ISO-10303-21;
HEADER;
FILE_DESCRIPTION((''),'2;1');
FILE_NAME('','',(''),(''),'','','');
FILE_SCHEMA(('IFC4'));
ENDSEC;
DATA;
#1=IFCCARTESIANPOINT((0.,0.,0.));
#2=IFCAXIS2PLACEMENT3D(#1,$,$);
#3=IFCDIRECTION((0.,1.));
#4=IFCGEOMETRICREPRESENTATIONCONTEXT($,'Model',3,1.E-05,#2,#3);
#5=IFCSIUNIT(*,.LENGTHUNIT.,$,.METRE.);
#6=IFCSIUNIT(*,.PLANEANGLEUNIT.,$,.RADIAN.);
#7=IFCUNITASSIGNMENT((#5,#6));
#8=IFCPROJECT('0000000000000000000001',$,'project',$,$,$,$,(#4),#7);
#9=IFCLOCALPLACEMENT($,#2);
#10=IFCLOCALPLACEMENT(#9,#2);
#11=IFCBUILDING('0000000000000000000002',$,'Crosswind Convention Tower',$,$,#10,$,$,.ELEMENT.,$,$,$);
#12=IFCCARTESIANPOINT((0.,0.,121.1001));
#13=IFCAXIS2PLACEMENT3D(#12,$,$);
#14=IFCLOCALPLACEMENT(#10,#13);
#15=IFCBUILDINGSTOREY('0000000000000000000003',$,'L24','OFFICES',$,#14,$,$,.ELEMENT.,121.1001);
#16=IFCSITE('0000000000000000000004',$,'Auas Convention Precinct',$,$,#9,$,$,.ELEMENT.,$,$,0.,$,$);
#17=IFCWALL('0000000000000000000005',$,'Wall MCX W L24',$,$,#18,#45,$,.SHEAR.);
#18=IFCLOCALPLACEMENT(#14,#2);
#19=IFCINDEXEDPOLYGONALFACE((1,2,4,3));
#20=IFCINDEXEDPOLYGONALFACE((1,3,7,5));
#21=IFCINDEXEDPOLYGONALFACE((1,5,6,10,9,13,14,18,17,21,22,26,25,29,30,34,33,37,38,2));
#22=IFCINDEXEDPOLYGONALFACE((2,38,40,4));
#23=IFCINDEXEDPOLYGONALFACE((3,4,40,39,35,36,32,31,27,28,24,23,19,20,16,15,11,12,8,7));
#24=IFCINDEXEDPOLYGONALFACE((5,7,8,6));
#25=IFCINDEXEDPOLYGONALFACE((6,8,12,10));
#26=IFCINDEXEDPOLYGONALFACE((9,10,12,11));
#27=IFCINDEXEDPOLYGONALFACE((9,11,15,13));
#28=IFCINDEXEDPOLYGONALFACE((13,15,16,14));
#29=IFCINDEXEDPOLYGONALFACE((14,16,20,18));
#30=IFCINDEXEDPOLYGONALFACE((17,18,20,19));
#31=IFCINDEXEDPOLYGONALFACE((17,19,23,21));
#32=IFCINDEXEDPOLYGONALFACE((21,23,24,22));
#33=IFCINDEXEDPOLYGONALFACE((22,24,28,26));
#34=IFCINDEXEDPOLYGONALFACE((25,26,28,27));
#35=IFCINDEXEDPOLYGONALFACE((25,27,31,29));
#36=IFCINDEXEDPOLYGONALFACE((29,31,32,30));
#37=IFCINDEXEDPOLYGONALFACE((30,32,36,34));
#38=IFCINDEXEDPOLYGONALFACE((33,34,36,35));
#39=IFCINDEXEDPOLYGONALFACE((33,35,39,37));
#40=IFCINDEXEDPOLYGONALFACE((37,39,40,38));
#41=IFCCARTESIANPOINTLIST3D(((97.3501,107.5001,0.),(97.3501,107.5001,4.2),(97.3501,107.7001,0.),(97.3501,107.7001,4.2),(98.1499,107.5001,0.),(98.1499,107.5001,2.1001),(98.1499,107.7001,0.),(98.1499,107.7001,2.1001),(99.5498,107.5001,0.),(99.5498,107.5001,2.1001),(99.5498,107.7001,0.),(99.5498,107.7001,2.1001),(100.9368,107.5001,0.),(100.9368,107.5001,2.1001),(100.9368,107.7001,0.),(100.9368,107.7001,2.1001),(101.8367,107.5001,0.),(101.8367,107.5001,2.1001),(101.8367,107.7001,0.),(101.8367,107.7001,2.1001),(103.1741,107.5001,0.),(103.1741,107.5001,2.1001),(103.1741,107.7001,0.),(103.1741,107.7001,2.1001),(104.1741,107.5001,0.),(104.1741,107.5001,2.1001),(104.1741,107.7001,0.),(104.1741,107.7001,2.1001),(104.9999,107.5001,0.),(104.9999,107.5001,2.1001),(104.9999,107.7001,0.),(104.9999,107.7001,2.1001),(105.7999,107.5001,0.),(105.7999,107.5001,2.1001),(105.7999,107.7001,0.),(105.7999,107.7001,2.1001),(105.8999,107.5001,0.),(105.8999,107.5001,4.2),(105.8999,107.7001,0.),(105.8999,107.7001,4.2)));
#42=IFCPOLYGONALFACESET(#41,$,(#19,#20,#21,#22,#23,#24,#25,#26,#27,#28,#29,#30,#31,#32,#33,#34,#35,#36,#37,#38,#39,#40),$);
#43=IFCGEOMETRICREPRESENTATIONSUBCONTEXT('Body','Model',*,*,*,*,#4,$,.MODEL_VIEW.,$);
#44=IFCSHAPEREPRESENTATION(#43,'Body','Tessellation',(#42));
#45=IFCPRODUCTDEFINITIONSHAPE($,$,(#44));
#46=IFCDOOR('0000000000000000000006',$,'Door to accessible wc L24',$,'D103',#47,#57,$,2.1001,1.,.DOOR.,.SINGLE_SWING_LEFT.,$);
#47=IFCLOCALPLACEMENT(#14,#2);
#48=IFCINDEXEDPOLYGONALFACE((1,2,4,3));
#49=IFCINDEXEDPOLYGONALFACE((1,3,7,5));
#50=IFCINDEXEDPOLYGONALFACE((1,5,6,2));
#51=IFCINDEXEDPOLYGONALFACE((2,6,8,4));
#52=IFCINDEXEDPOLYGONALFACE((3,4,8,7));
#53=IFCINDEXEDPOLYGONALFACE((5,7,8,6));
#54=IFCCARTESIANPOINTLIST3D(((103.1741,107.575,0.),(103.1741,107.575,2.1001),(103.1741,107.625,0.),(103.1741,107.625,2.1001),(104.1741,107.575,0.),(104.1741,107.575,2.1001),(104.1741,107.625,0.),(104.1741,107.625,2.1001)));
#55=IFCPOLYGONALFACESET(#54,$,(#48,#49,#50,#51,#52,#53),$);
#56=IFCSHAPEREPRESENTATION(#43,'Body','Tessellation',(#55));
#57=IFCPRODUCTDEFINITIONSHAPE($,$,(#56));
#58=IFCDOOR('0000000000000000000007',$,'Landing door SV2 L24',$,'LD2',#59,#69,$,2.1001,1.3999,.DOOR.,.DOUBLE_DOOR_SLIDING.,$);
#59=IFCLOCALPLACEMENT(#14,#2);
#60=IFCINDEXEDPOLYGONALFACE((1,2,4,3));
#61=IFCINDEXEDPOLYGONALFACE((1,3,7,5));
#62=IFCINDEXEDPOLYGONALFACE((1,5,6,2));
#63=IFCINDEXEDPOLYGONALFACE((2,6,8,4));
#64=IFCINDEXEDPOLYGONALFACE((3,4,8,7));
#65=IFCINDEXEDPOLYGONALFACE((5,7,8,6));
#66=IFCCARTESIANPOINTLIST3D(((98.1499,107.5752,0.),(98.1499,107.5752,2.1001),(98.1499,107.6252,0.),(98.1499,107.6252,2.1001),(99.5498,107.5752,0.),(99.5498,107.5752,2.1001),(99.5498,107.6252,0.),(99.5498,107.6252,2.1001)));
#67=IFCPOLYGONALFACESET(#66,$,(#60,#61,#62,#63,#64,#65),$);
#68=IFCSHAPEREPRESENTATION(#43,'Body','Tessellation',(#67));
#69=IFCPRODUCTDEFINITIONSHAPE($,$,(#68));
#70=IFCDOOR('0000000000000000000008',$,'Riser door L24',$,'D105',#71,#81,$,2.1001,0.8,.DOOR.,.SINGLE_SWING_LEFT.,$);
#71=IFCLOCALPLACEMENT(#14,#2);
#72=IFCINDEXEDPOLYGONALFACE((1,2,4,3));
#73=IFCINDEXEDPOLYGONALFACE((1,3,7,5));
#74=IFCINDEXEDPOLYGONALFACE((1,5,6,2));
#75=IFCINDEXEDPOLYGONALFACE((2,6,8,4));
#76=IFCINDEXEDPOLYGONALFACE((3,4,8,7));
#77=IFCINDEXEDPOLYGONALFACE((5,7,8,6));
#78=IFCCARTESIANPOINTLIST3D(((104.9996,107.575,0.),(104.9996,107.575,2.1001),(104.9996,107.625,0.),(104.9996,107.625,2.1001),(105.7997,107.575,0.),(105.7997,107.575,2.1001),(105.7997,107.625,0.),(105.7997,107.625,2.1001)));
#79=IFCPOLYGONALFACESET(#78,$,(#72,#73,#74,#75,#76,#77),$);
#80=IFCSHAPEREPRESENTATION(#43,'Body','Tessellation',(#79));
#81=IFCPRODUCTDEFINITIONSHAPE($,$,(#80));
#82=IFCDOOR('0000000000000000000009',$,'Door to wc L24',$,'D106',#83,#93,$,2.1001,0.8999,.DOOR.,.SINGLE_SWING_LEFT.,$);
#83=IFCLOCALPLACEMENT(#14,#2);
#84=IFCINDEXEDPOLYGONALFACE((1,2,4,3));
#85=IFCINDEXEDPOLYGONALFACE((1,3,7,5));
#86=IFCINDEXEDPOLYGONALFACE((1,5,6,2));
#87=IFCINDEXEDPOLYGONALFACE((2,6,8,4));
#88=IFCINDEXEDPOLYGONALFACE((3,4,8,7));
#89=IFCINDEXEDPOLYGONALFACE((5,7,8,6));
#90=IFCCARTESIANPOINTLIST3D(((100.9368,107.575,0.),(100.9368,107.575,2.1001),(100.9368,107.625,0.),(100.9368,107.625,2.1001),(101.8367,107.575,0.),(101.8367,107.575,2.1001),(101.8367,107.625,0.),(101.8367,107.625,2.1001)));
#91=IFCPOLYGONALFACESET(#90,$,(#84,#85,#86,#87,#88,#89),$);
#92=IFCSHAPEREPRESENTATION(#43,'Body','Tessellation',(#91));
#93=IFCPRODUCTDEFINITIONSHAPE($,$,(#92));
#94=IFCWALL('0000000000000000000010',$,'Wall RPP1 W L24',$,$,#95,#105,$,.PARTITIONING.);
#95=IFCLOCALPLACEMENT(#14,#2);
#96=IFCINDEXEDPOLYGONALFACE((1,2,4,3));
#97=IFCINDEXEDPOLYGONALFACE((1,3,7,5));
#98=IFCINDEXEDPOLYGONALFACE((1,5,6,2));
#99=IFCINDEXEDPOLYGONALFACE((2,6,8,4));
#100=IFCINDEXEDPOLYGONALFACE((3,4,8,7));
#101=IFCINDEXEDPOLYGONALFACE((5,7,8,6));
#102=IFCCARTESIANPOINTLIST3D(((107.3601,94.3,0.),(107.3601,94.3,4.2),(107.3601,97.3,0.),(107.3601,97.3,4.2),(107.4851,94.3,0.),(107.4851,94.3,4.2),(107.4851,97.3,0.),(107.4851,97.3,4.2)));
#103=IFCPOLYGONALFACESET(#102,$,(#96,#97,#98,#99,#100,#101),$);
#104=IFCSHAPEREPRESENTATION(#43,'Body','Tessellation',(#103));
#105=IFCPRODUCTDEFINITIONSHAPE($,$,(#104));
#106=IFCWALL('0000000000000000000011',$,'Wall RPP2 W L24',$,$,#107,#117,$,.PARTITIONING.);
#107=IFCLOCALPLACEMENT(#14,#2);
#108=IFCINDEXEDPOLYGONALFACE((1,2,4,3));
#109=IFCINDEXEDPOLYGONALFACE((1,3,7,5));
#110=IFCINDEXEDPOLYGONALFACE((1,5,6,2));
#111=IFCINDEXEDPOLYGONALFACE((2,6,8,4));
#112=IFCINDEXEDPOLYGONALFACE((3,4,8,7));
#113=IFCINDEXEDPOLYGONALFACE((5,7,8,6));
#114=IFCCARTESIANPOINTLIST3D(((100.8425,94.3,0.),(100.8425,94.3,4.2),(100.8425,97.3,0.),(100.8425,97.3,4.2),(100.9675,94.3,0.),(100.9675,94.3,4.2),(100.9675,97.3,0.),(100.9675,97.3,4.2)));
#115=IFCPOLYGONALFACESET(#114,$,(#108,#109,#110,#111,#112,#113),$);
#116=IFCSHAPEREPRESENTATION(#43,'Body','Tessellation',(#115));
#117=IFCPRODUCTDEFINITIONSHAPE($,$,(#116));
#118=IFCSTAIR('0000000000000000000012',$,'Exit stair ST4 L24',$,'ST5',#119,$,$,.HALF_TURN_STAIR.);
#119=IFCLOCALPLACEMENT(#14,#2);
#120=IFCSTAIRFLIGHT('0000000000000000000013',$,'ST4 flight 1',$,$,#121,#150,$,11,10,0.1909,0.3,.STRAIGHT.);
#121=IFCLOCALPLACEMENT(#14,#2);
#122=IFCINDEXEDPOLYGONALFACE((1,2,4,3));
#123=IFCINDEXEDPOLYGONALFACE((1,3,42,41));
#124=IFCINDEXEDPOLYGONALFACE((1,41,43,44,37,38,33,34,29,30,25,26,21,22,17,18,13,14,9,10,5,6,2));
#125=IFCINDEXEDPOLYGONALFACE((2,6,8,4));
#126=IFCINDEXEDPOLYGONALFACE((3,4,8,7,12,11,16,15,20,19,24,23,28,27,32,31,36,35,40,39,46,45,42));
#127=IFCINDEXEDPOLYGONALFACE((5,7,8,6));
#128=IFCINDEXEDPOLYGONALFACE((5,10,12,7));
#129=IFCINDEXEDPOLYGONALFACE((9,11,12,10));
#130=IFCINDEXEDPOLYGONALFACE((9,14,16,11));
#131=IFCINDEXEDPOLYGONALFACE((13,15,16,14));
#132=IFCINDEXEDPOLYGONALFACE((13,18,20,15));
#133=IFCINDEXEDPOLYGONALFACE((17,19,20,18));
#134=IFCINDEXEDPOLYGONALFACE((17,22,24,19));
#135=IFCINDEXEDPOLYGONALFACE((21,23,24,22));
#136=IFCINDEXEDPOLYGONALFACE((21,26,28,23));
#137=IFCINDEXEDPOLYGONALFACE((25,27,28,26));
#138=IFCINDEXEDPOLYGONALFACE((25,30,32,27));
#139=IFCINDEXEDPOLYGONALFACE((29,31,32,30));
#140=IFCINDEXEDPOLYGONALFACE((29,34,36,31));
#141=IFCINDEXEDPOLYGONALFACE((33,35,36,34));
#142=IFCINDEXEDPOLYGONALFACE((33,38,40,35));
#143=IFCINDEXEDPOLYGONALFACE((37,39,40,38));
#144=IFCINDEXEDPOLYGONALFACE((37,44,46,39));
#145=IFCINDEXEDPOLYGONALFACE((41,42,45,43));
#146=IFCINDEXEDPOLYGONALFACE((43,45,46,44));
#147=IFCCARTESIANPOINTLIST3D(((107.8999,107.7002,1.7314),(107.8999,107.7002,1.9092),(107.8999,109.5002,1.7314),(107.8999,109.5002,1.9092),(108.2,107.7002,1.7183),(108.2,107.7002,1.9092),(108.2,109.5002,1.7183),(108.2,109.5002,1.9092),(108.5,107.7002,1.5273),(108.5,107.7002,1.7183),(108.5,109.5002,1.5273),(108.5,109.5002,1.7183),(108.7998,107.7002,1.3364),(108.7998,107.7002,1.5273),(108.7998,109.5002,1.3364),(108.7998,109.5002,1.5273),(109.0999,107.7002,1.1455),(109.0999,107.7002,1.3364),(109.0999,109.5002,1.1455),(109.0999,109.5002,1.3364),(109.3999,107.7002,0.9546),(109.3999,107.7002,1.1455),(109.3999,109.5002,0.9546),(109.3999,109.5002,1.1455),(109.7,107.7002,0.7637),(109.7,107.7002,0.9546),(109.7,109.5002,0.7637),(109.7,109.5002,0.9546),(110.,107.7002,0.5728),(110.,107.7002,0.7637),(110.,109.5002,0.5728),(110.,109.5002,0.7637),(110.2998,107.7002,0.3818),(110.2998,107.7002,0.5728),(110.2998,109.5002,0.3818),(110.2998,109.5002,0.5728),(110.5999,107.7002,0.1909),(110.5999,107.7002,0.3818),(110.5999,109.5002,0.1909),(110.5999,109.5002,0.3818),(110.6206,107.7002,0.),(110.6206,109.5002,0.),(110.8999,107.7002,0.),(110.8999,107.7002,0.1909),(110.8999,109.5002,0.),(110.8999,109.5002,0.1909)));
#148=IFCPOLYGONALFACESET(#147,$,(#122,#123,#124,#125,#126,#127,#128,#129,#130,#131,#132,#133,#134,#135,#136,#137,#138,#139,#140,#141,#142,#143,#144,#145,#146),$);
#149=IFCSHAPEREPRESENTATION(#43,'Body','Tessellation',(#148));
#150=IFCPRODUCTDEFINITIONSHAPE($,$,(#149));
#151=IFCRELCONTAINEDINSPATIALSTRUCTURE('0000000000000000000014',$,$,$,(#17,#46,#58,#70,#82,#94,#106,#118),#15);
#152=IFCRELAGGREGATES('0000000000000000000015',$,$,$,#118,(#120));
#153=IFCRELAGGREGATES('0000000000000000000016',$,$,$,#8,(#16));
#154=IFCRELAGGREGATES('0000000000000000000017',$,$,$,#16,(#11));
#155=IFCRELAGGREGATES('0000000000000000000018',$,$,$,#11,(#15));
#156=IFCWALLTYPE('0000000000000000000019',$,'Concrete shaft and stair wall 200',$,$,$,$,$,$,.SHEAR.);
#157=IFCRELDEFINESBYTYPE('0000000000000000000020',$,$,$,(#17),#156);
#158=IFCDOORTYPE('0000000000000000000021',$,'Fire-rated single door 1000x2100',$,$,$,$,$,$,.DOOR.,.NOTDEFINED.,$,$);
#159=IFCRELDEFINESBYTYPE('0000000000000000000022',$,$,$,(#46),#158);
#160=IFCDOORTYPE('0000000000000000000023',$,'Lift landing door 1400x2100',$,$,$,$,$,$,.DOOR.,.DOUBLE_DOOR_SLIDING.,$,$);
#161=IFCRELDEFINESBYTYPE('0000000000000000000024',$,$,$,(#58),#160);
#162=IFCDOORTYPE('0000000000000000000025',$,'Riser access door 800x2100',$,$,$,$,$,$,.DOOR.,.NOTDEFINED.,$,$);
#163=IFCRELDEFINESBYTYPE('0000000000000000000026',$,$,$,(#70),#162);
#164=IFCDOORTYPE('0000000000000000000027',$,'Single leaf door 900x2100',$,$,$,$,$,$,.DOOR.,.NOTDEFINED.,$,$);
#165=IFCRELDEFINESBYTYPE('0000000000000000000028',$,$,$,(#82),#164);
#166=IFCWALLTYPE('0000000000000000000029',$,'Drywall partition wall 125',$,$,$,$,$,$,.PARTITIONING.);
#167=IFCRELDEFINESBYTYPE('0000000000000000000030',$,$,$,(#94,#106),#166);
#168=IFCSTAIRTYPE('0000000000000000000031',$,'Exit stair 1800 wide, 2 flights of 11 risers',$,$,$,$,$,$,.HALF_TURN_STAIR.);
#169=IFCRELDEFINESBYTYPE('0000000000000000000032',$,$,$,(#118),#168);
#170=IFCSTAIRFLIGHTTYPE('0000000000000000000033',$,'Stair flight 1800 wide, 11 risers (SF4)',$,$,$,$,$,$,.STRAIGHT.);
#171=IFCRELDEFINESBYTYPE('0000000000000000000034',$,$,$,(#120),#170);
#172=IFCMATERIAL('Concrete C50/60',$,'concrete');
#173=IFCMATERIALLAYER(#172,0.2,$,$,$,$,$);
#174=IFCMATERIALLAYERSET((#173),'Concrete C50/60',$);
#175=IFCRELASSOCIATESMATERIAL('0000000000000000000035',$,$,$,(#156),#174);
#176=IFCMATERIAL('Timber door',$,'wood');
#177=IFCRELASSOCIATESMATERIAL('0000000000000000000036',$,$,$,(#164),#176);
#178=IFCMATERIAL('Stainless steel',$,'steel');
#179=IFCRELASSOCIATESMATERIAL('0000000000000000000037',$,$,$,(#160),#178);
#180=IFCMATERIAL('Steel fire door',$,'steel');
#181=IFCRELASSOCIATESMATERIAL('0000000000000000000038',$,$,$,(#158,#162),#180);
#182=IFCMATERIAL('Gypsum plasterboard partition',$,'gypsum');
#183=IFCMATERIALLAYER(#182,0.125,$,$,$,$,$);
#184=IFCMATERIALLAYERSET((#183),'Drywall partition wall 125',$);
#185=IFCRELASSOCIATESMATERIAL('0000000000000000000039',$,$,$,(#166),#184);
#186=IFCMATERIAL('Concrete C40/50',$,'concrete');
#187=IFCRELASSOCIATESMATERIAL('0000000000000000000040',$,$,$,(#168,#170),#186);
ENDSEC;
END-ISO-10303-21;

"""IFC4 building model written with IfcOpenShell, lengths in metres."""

from ifc_helpers import new_model, si_unit, direction, frame, frame_2d, origin, place, context, subcontext, project, spatial, polyline, rectangle, outline, extrude, material, layer, layer_set, type_object, element, fill, aggregate, save


model = new_model("IFC4")

# Units and contexts
model_context = context("Model", 3, precision=1e-05, world=origin(), true_north=direction((0.0, 1.0)))
body_context = subcontext(model_context, "Body", "Model", "MODEL_VIEW")
ifc_project = project(units=[si_unit("LENGTHUNIT", "METRE"), si_unit("PLANEANGLEUNIT", "RADIAN")], contexts=[model_context])

# Site, building, storey
site_placement = place(None, origin())
site = spatial("IfcSite", under=ifc_project, at=site_placement, Name="Auas Convention Precinct", CompositionType="ELEMENT", RefElevation=0.0)
building_placement = place(site_placement, origin())
building = spatial("IfcBuilding", under=site, at=building_placement, Name="Crosswind Convention Tower", CompositionType="ELEMENT")
storey_placement = place(building_placement, frame((0.0, 0.0, 121.1001)))
storey = spatial("IfcBuildingStorey", under=building, at=storey_placement, Name="L24", Description="OFFICES", CompositionType="ELEMENT", Elevation=121.1001)

# Shared definitions
ifc_material_1 = material(Name="Concrete C50/60", Category="concrete")
ifc_layer_1 = layer(ifc_material_1, 0.2)
ifc_layer_set_1 = layer_set([ifc_layer_1], Name="Concrete C50/60")
wall_type_1 = type_object("IfcWallType", Name="Concrete shaft and stair wall 200", PredefinedType="SHEAR", material=ifc_layer_set_1)

# Shared definitions
ifc_material_2 = material(Name="Timber door", Category="wood")
door_type_1 = type_object("IfcDoorType", Name="Single leaf door 900x2100", OperationType="NOTDEFINED", PredefinedType="DOOR", material=ifc_material_2)

# Wall, openings, doors
ifc_material_3 = material(Name="Stainless steel", Category="steel")
door_type_2 = type_object("IfcDoorType", Name="Lift landing door 1400x2100", OperationType="DOUBLE_DOOR_SLIDING", PredefinedType="DOOR", material=ifc_material_3)
wall_1_placement = place(storey_placement, frame((105.8999, 107.6001, 0.0), z_axis=(0.0, 0.0, 1.0), x_axis=(-1.0, 0.0, 0.0)))
wall_1 = element("IfcWall", 1, at=wall_1_placement, inside=storey, type_object=wall_type_1, Name="Wall MCX W L24", PredefinedType="SHEAR", context=body_context, shape_type="SweptSolid", body=[
    extrude(rectangle(XDim=8.5498, YDim=0.2, at=frame_2d((4.2749, 0.0))), origin(), (0.0, 0.0, 1.0), 4.2),
])
opening_1_placement = place(wall_1_placement, frame((0.1001, 0.0, 0.0)))
opening_1 = element("IfcOpeningElement", 2, at=opening_1_placement, cuts=wall_1, PredefinedType="OPENING", context=body_context, shape_type="SweptSolid", body=[
    extrude(rectangle(XDim=0.8, YDim=2.1001, at=frame_2d((0.3999, 1.05))), frame((0.0, 0.1099, 0.0), z_axis=(0.0, -1.0, 0.0), x_axis=(1.0, 0.0, 0.0)), (0.0, 0.0, 1.0), 0.22),
])
opening_2_placement = place(wall_1_placement, frame((1.7258, 0.0, 0.0)))
opening_2 = element("IfcOpeningElement", 3, at=opening_2_placement, cuts=wall_1, PredefinedType="OPENING", context=body_context, shape_type="SweptSolid", body=[
    extrude(rectangle(XDim=1.0, YDim=2.1001, at=frame_2d((0.5, 1.05))), frame((0.0, 0.1099, 0.0), z_axis=(0.0, -1.0, 0.0), x_axis=(1.0, 0.0, 0.0)), (0.0, 0.0, 1.0), 0.22),
])
opening_3_placement = place(wall_1_placement, frame((4.0632, 0.0, 0.0)))
opening_3 = element("IfcOpeningElement", 4, at=opening_3_placement, cuts=wall_1, PredefinedType="OPENING", context=body_context, shape_type="SweptSolid", body=[
    extrude(rectangle(XDim=0.8999, YDim=2.1001, at=frame_2d((0.45, 1.05))), frame((0.0, 0.1099, 0.0), z_axis=(0.0, -1.0, 0.0), x_axis=(1.0, 0.0, 0.0)), (0.0, 0.0, 1.0), 0.22),
])
opening_4_placement = place(wall_1_placement, frame((6.3501, 0.0, 0.0)))
opening_4 = element("IfcOpeningElement", 5, at=opening_4_placement, cuts=wall_1, PredefinedType="OPENING", context=body_context, shape_type="SweptSolid", body=[
    extrude(rectangle(XDim=1.3999, YDim=2.1001, at=frame_2d((0.7, 1.05))), frame((0.0, 0.1099, 0.0), z_axis=(0.0, -1.0, 0.0), x_axis=(1.0, 0.0, 0.0)), (0.0, 0.0, 1.0), 0.22),
])
ifc_material_4 = material(Name="Steel fire door", Category="steel")
door_type_3 = type_object("IfcDoorType", Name="Fire-rated single door 1000x2100", OperationType="NOTDEFINED", PredefinedType="DOOR", material=ifc_material_4)
door_1_placement = place(opening_2_placement, frame((1.0, 0.0, 0.0), z_axis=(0.0, 0.0, 1.0), x_axis=(-1.0, 0.0, 0.0)))
door_1 = element("IfcDoor", 6, at=door_1_placement, inside=storey, type_object=door_type_3, Name="Door to accessible wc L24", ObjectType="D103", OperationType="SINGLE_SWING_LEFT", OverallHeight=2.1001, OverallWidth=1.0, PredefinedType="DOOR", context=body_context, shape_type="SweptSolid", body=[
    extrude(rectangle(XDim=1.0, YDim=2.1001, at=frame_2d((0.5, 1.05))), frame((0.0, 0.0249, 0.0), z_axis=(0.0, -1.0, 0.0), x_axis=(1.0, 0.0, 0.0)), (0.0, 0.0, 1.0), 0.05),
])
fill(opening_2, door_1)
door_2_placement = place(opening_4_placement, origin())
door_2 = element("IfcDoor", 7, at=door_2_placement, inside=storey, type_object=door_type_2, Name="Landing door SV2 L24", ObjectType="LD2", OperationType="DOUBLE_DOOR_SLIDING", OverallHeight=2.1001, OverallWidth=1.3999, PredefinedType="DOOR", context=body_context, shape_type="SweptSolid", body=[
    extrude(rectangle(XDim=1.3999, YDim=2.1001, at=frame_2d((0.7, 1.05))), frame((0.0, 0.0249, 0.0), z_axis=(0.0, -1.0, 0.0), x_axis=(1.0, 0.0, 0.0)), (0.0, 0.0, 1.0), 0.05),
])
fill(opening_4, door_2)
door_type_4 = type_object("IfcDoorType", Name="Riser access door 800x2100", OperationType="NOTDEFINED", PredefinedType="DOOR", material=ifc_material_4)
door_3_placement = place(opening_1_placement, frame((0.8, 0.0, 0.0), z_axis=(0.0, 0.0, 1.0), x_axis=(-1.0, 0.0, 0.0)))
door_3 = element("IfcDoor", 8, at=door_3_placement, inside=storey, type_object=door_type_4, Name="Riser door L24", ObjectType="D105", OperationType="SINGLE_SWING_LEFT", OverallHeight=2.1001, OverallWidth=0.8, PredefinedType="DOOR", context=body_context, shape_type="SweptSolid", body=[
    extrude(rectangle(XDim=0.8, YDim=2.1001, at=frame_2d((0.3999, 1.05))), frame((0.0, 0.0249, 0.0), z_axis=(0.0, -1.0, 0.0), x_axis=(1.0, 0.0, 0.0)), (0.0, 0.0, 1.0), 0.05),
])
fill(opening_1, door_3)
door_4_placement = place(opening_3_placement, frame((0.8999, 0.0, 0.0), z_axis=(0.0, 0.0, 1.0), x_axis=(-1.0, 0.0, 0.0)))
door_4 = element("IfcDoor", 9, at=door_4_placement, inside=storey, type_object=door_type_1, Name="Door to wc L24", ObjectType="D106", OperationType="SINGLE_SWING_LEFT", OverallHeight=2.1001, OverallWidth=0.8999, PredefinedType="DOOR", context=body_context, shape_type="SweptSolid", body=[
    extrude(rectangle(XDim=0.8999, YDim=2.1001, at=frame_2d((0.45, 1.05))), frame((0.0, 0.0249, 0.0), z_axis=(0.0, -1.0, 0.0), x_axis=(1.0, 0.0, 0.0)), (0.0, 0.0, 1.0), 0.05),
])
fill(opening_3, door_4)

# Walls
ifc_material_5 = material(Name="Gypsum plasterboard partition", Category="gypsum")
ifc_layer_2 = layer(ifc_material_5, 0.125)
ifc_layer_set_2 = layer_set([ifc_layer_2], Name="Drywall partition wall 125")
wall_type_2 = type_object("IfcWallType", Name="Drywall partition wall 125", PredefinedType="PARTITIONING", material=ifc_layer_set_2)
for number, where, z_axis, x_axis, name in (
    (10, (107.4226, 97.3, 0.0), (0.0, 0.0, 1.0), (0.0, -1.0, 0.0), "Wall RPP1 W L24"),
    (11, (100.905, 97.3, 0.0), (0.0, 0.0, 1.0), (0.0, -1.0, 0.0), "Wall RPP2 W L24"),
):
    element("IfcWall", number, at=place(storey_placement, frame(where, z_axis=z_axis, x_axis=x_axis)), inside=storey, type_object=wall_type_2, Name=name, PredefinedType="PARTITIONING", context=body_context, shape_type="SweptSolid", body=[
        extrude(rectangle(XDim=3.0, YDim=0.125, at=frame_2d((1.5, 0.0))), origin(), (0.0, 0.0, 1.0), 4.2),
    ])

# Stair, stair flight
ifc_material_6 = material(Name="Concrete C40/50", Category="concrete")
stair_type = type_object("IfcStairType", Name="Exit stair 1800 wide, 2 flights of 11 risers", PredefinedType="HALF_TURN_STAIR", material=ifc_material_6)
stair_placement = place(storey_placement, origin())
stair = element("IfcStair", 12, at=stair_placement, inside=storey, type_object=stair_type, Name="Exit stair ST4 L24", ObjectType="ST5", PredefinedType="HALF_TURN_STAIR")
stair_flight_type = type_object("IfcStairFlightType", Name="Stair flight 1800 wide, 11 risers (SF4)", PredefinedType="STRAIGHT", material=ifc_material_6)
stair_flight_placement = place(storey_placement, frame((110.8999, 108.6001, 0.0), z_axis=(0.0, 0.0, 1.0), x_axis=(-1.0, 0.0, 0.0)))
stair_flight = element("IfcStairFlight", 13, at=stair_flight_placement, type_object=stair_flight_type, Name="ST4 flight 1", NumberOfRisers=11, NumberOfTreads=10, PredefinedType="STRAIGHT", RiserHeight=0.1909, TreadLength=0.3, context=body_context, shape_type="SweptSolid", body=[
    extrude(outline(polyline([(0.0, 0.0), (0.0, 0.1909), (0.3, 0.1909), (0.3, 0.3818), (0.6001, 0.3818), (0.6001, 0.5728), (0.8999, 0.5728), (0.8999, 0.7637), (1.2, 0.7637), (1.2, 0.9546), (1.5, 0.9546), (1.5, 1.1455), (1.8, 1.1455), (1.8, 1.3364), (2.1001, 1.3364), (2.1001, 1.5273), (2.3999, 1.5273), (2.3999, 1.7183), (2.7, 1.7183), (2.7, 1.9092), (3.0, 1.9092), (3.0, 2.1001), (3.0, 1.7314), (0.2793, 0.0), (0.0, 0.0)])), frame((0.0, 0.8999, 0.0), z_axis=(0.0, -1.0, 0.0), x_axis=(1.0, 0.0, 0.0)), (0.0, 0.0, 1.0), 1.8),
])
aggregate(stair, [stair_flight])

save(model, "model.ifc")
